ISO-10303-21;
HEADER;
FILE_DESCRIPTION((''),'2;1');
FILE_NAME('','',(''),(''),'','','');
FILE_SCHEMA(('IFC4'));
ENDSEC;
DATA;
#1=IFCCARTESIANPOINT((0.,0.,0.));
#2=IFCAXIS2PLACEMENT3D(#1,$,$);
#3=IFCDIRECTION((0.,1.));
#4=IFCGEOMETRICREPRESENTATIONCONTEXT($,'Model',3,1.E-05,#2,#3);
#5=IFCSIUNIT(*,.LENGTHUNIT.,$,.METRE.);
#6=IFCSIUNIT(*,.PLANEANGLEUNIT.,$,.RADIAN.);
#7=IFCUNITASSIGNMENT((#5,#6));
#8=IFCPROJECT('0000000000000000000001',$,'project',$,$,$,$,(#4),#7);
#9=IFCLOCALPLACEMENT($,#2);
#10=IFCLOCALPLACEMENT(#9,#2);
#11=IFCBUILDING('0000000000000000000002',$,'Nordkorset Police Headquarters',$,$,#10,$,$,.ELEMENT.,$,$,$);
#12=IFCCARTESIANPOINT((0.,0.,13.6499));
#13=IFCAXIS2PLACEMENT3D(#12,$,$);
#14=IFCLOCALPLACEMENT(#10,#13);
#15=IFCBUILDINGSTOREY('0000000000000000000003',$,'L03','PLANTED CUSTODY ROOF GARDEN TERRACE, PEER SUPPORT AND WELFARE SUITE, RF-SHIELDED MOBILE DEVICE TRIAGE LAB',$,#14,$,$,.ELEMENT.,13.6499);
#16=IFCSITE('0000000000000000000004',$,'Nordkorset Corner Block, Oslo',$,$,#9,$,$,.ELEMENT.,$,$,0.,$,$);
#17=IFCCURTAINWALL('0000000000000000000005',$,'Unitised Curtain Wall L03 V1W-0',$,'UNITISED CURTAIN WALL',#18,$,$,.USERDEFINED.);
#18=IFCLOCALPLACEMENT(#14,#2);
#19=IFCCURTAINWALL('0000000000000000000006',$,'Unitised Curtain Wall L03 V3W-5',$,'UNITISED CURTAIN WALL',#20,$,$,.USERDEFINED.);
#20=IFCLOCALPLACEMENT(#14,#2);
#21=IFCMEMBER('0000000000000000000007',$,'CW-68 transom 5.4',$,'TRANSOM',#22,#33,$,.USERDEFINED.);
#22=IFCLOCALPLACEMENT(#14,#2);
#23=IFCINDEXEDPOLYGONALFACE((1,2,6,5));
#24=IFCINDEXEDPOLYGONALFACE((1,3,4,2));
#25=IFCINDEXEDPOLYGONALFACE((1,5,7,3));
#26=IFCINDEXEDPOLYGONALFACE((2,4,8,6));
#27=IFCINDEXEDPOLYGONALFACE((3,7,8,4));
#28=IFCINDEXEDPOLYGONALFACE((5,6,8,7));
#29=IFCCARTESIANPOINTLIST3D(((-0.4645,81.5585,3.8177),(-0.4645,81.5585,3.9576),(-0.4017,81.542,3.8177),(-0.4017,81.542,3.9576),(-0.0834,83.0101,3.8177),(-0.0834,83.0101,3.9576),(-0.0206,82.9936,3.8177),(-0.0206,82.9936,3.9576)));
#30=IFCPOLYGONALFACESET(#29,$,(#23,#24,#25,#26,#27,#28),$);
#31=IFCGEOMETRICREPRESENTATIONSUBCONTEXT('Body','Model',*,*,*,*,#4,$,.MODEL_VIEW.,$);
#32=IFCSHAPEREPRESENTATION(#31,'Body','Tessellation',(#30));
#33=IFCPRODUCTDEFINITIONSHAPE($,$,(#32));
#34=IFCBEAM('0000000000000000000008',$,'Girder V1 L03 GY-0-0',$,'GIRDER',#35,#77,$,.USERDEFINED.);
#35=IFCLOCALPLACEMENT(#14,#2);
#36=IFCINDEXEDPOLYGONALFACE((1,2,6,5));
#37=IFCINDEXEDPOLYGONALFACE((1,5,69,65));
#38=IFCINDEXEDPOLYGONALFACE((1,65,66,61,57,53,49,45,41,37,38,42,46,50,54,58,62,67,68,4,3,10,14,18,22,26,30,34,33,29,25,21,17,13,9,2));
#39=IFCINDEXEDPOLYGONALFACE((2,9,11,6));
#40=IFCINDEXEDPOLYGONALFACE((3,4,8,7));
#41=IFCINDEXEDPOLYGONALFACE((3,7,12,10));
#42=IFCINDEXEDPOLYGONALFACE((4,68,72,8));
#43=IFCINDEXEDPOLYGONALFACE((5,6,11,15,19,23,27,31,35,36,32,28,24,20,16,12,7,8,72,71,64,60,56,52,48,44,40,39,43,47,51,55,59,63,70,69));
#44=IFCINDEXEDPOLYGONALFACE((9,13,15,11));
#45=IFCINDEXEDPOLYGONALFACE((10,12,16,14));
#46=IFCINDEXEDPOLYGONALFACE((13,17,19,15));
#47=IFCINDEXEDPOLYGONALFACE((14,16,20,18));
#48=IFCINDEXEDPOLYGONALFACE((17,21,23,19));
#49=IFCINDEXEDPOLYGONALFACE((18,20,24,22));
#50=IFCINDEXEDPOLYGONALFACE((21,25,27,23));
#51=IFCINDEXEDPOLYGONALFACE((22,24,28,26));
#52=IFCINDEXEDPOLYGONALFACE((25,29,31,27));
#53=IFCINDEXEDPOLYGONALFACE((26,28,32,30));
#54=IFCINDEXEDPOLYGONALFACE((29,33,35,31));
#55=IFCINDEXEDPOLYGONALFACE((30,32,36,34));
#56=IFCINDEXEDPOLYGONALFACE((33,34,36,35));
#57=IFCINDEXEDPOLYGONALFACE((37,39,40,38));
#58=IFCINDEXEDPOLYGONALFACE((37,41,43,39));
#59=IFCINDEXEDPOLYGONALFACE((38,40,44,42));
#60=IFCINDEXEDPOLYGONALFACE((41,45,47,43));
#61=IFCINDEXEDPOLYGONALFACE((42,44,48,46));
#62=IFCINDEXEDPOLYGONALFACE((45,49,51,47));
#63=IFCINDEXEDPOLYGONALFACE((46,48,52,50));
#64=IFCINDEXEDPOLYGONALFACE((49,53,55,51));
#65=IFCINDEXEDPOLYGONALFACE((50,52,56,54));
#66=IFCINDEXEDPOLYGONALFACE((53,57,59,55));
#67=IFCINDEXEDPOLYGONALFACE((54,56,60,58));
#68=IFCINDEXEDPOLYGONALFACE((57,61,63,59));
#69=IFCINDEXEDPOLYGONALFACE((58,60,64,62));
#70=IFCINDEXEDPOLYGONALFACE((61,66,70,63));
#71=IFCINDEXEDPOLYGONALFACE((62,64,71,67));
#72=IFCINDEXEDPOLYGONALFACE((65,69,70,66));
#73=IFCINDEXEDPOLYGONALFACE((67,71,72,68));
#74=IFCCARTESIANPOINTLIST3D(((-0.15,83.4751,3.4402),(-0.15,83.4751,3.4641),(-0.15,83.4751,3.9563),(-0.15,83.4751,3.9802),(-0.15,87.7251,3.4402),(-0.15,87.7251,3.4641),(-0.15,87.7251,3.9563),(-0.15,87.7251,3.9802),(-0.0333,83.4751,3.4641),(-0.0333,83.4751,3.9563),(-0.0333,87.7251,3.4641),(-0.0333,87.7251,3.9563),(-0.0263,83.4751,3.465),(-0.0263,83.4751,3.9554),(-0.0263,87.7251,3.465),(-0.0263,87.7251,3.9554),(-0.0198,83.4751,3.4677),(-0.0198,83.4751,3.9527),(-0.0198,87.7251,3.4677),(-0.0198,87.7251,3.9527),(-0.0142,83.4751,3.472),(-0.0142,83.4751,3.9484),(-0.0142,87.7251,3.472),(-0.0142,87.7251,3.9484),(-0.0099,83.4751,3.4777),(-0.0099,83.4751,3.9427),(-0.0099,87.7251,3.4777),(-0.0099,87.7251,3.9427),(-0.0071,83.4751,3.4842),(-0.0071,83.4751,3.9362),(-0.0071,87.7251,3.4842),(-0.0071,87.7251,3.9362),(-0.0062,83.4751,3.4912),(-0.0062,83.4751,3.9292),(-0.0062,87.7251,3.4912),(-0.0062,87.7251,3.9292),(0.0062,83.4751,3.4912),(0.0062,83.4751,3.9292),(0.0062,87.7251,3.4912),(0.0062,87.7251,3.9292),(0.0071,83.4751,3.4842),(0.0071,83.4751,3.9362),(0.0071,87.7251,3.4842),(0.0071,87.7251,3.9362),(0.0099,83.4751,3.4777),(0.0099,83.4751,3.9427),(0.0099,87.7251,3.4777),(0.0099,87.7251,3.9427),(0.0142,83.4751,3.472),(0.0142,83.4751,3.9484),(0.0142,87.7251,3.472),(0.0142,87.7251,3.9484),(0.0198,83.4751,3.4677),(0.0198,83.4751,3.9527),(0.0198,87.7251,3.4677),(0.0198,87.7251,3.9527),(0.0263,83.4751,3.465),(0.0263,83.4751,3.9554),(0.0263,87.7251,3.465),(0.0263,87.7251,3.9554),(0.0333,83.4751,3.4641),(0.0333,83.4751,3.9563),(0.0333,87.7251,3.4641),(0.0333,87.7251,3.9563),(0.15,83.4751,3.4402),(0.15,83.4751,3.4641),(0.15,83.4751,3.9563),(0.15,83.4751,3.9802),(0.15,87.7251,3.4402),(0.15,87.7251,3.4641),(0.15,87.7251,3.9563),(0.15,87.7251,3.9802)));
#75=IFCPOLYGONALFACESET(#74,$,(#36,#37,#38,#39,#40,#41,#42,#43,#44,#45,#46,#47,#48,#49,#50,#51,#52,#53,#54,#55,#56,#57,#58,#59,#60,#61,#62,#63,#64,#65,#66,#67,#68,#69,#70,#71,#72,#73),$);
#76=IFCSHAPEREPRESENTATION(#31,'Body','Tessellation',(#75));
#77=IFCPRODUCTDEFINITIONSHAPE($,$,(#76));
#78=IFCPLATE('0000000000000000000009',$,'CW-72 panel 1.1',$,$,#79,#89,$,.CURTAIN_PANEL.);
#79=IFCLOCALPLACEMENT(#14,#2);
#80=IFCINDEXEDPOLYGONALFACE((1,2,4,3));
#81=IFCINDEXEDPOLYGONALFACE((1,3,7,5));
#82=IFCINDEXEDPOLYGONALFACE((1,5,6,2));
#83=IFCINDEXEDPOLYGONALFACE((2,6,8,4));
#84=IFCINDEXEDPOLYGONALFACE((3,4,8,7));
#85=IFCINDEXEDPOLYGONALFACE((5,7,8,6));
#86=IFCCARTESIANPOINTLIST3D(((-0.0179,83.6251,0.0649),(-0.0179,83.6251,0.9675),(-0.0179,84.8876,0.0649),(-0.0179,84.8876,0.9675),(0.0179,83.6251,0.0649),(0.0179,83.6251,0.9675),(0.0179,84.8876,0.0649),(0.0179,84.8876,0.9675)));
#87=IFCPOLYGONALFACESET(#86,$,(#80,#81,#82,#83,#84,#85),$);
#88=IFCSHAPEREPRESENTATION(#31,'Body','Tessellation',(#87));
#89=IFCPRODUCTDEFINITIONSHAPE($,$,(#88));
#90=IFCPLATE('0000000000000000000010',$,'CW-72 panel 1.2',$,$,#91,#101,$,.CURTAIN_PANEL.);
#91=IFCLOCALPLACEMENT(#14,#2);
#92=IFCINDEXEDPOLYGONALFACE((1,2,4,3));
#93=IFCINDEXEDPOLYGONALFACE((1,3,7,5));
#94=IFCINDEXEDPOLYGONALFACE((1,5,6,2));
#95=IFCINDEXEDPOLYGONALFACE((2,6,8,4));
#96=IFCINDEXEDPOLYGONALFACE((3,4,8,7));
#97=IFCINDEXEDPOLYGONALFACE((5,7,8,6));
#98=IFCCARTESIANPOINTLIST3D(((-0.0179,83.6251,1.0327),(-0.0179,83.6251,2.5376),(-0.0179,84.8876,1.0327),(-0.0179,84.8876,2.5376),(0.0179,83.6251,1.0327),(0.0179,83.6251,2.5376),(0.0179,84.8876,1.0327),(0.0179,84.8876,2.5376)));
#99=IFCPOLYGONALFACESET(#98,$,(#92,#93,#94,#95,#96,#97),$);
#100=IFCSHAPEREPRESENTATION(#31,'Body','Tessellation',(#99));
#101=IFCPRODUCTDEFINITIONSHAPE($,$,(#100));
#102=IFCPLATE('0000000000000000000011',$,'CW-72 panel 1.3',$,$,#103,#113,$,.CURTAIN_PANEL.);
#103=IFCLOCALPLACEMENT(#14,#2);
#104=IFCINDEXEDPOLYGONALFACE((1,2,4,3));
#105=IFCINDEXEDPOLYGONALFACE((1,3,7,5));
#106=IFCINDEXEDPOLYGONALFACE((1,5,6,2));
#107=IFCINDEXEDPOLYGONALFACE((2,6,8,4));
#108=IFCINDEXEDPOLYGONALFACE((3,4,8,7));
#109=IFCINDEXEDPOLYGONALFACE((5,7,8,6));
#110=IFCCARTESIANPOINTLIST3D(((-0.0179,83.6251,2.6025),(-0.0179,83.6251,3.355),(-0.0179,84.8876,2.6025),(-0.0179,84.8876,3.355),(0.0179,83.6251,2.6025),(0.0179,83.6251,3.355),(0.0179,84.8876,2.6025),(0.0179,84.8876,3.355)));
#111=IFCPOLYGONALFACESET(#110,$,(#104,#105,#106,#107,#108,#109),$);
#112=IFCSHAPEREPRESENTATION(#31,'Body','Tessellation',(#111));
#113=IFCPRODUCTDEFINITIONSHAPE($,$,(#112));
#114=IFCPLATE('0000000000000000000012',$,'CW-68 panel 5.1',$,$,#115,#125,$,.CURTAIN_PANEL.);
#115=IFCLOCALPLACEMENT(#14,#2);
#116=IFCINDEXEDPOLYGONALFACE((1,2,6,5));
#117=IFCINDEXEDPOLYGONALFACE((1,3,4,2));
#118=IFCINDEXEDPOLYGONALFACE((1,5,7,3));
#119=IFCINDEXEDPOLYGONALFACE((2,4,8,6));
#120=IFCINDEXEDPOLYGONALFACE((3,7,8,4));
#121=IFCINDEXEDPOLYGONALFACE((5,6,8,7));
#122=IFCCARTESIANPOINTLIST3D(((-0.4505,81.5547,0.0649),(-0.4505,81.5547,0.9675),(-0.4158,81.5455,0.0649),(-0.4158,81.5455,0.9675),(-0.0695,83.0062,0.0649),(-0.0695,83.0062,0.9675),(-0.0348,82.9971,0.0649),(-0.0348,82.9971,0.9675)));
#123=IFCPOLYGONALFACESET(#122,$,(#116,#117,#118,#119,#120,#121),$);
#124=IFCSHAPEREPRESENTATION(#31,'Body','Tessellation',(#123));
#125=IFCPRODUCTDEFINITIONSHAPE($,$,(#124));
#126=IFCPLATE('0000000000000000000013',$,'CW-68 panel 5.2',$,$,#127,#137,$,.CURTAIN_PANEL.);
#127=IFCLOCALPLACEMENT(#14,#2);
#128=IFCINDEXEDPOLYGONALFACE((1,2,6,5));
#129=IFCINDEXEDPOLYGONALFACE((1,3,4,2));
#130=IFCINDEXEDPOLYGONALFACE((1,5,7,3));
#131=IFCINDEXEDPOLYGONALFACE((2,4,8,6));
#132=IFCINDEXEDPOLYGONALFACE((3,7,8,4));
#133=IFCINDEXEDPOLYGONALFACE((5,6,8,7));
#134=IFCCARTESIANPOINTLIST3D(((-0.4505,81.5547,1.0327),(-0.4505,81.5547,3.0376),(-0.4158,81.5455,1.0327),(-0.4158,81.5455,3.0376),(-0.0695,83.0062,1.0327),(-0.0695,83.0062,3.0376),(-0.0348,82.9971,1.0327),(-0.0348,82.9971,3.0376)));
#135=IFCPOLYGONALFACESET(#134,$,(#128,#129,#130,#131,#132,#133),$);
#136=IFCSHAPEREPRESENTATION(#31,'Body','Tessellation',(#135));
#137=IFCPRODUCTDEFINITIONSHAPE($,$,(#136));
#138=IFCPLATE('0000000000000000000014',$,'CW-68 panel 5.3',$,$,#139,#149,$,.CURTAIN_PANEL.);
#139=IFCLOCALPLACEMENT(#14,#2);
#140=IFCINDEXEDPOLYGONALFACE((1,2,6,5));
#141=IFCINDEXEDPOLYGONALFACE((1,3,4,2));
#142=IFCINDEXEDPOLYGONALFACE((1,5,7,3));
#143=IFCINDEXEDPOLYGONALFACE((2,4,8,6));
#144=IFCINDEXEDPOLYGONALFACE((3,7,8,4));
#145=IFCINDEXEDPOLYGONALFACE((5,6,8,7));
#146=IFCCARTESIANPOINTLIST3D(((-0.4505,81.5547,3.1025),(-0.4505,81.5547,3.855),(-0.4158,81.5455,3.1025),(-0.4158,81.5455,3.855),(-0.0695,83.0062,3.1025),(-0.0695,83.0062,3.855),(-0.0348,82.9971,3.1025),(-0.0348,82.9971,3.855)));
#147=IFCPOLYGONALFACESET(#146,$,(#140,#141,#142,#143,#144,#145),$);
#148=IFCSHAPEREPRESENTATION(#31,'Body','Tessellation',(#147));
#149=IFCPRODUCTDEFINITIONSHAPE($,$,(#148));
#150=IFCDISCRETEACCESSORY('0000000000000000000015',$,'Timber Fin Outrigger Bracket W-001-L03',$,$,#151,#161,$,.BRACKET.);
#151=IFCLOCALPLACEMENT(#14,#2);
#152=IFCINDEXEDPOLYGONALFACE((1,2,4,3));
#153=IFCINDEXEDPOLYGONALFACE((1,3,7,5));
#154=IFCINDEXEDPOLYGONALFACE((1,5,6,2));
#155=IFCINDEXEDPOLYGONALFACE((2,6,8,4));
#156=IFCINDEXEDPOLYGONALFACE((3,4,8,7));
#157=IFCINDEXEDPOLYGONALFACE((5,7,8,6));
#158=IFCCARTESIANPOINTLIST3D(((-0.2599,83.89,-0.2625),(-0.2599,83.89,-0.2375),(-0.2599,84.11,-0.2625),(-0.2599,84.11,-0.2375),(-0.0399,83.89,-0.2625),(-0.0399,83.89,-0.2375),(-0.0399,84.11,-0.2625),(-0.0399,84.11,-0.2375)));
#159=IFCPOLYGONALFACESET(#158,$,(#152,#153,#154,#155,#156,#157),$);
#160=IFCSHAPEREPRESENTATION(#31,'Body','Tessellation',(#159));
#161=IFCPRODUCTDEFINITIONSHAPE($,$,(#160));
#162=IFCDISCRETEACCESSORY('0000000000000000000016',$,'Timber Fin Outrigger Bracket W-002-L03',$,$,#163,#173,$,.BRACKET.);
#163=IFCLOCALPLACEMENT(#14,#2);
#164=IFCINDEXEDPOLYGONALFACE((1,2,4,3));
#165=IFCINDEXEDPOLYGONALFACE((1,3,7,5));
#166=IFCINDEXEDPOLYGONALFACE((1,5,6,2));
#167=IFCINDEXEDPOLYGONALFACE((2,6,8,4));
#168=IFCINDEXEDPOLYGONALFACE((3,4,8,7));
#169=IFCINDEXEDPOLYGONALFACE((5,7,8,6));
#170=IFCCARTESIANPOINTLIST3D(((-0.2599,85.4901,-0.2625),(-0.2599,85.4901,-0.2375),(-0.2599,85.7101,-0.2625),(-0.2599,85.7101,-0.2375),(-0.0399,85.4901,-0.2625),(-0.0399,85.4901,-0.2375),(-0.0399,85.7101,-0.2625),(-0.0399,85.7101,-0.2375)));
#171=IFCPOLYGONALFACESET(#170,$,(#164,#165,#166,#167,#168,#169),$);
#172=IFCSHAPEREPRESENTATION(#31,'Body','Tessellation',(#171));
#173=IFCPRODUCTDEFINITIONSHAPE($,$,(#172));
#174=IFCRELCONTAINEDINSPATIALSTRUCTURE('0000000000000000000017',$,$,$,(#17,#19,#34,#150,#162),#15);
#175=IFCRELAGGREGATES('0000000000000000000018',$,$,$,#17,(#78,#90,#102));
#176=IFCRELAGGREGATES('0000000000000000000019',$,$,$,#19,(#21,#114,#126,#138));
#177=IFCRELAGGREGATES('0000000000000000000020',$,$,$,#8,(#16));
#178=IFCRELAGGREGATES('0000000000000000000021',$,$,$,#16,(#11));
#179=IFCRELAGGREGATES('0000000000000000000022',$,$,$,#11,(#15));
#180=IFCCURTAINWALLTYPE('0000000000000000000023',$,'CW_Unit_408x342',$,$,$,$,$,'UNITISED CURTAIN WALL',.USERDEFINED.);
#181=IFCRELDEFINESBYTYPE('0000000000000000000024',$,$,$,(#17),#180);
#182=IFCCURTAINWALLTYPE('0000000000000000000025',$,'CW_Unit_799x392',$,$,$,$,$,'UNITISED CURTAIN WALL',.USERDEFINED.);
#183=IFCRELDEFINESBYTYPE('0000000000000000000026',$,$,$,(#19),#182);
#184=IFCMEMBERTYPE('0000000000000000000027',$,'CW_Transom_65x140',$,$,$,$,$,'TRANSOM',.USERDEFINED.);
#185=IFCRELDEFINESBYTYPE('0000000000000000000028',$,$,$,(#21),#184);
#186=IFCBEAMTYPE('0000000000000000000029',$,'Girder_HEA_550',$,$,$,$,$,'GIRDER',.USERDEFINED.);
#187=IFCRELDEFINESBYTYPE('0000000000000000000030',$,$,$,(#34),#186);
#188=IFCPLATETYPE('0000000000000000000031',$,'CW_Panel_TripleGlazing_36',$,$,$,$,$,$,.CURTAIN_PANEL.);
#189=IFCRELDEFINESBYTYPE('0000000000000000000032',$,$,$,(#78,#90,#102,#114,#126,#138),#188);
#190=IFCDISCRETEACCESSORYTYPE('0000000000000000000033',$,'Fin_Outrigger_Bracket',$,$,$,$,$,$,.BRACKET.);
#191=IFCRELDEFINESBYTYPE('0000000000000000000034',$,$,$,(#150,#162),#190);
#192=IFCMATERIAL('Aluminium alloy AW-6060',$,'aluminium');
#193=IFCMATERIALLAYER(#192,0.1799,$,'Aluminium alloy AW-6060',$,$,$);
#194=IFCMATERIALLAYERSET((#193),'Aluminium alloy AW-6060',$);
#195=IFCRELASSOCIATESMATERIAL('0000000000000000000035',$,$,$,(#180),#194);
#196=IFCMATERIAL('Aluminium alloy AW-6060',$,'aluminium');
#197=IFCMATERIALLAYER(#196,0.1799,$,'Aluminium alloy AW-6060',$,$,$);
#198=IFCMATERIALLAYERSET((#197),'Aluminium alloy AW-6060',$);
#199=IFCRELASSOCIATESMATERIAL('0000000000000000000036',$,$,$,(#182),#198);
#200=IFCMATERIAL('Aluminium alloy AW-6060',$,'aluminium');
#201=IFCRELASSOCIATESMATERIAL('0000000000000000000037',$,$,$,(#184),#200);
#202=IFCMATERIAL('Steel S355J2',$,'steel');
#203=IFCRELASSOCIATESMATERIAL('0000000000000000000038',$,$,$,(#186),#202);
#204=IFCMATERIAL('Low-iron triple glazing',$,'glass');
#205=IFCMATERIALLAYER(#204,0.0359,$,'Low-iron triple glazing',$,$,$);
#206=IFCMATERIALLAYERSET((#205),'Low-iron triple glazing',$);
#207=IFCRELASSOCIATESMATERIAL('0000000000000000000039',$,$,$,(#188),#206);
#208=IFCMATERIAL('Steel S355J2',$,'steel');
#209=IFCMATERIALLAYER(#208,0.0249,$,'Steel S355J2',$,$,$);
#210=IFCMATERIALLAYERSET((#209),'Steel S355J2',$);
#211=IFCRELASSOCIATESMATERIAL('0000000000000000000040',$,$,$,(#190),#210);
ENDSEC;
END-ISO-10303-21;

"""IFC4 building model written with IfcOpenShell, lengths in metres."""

from ifc_helpers import new_model, si_unit, direction, frame, origin, origin_2d, place, context, subcontext, project, spatial, rectangle, i_section, extrude, material, layer, layer_set, material_profile, profile_set, type_object, element, aggregate, save


model = new_model("IFC4")

# Units and contexts
model_context = context("Model", 3, precision=1e-05, world=origin(), true_north=direction((0.0, 1.0)))
body_context = subcontext(model_context, "Body", "Model", "MODEL_VIEW")
ifc_project = project(units=[si_unit("LENGTHUNIT", "METRE"), si_unit("PLANEANGLEUNIT", "RADIAN")], contexts=[model_context])

# Site, building, storey
site_placement = place(None, origin())
site = spatial("IfcSite", under=ifc_project, at=site_placement, Name="Nordkorset Corner Block, Oslo", CompositionType="ELEMENT", RefElevation=0.0)
building_placement = place(site_placement, origin())
building = spatial("IfcBuilding", under=site, at=building_placement, Name="Nordkorset Police Headquarters", CompositionType="ELEMENT")
storey_placement = place(building_placement, frame((0.0, 0.0, 13.6499)))
storey = spatial("IfcBuildingStorey", under=building, at=storey_placement, Name="L03", Description="PLANTED CUSTODY ROOF GARDEN TERRACE, PEER SUPPORT AND WELFARE SUITE, RF-SHIELDED MOBILE DEVICE TRIAGE LAB", CompositionType="ELEMENT", Elevation=13.6499)

# Curtain wall
ifc_material_1 = material(Name="Aluminium alloy AW-6060", Category="aluminium")
ifc_layer_1 = layer(ifc_material_1, 0.1799, Name="Aluminium alloy AW-6060")
ifc_layer_set_1 = layer_set([ifc_layer_1], Name="Aluminium alloy AW-6060")
curtain_wall_type_1 = type_object("IfcCurtainWallType", Name="CW_Unit_408x342", ElementType="UNITISED CURTAIN WALL", PredefinedType="USERDEFINED", material=ifc_layer_set_1)
curtain_wall_1_placement = place(storey_placement, origin())
curtain_wall_1 = element("IfcCurtainWall", 1, at=curtain_wall_1_placement, inside=storey, type_object=curtain_wall_type_1, Name="Unitised Curtain Wall L03 V1W-0", ObjectType="UNITISED CURTAIN WALL", PredefinedType="USERDEFINED")

# Curtain wall
ifc_material_2 = material(Name="Aluminium alloy AW-6060", Category="aluminium")
ifc_layer_2 = layer(ifc_material_2, 0.1799, Name="Aluminium alloy AW-6060")
ifc_layer_set_2 = layer_set([ifc_layer_2], Name="Aluminium alloy AW-6060")
curtain_wall_type_2 = type_object("IfcCurtainWallType", Name="CW_Unit_799x392", ElementType="UNITISED CURTAIN WALL", PredefinedType="USERDEFINED", material=ifc_layer_set_2)
curtain_wall_2_placement = place(storey_placement, origin())
curtain_wall_2 = element("IfcCurtainWall", 2, at=curtain_wall_2_placement, inside=storey, type_object=curtain_wall_type_2, Name="Unitised Curtain Wall L03 V3W-5", ObjectType="UNITISED CURTAIN WALL", PredefinedType="USERDEFINED")

# Member
ifc_material_3 = material(Name="Aluminium alloy AW-6060", Category="aluminium")
ifc_material_profile_1 = material_profile(ifc_material_3, rectangle(XDim=0.0649, YDim=0.1399, at=origin_2d()), Name="ALU TRAN 65x140")
ifc_profile_set_1 = profile_set([ifc_material_profile_1], Name="Aluminium alloy AW-6060")
member_type_1 = type_object("IfcMemberType", Name="CW_Transom_65x140", ElementType="TRANSOM", PredefinedType="USERDEFINED", material=ifc_profile_set_1)
member_1_placement = place(storey_placement, frame((-0.4331, 81.5503, 3.8877), z_axis=(0.253965, 0.967213, 0.0), x_axis=(-0.967213, 0.253965, 0.0)))
member_1 = element("IfcMember", 3, at=member_1_placement, type_object=member_type_1, Name="CW-68 transom 5.4", ObjectType="TRANSOM", PredefinedType="USERDEFINED", context=body_context, shape_type="SweptSolid", body=[
    extrude(rectangle(XDim=0.0649, YDim=0.1399, at=origin_2d()), origin(), (0.0, 0.0, 1.0), 1.5007),
])

# Beam
ifc_material_4 = material(Name="Steel S355J2", Category="steel")
ifc_material_profile_2 = material_profile(ifc_material_4, i_section(OverallWidth=0.3, OverallDepth=0.54, WebThickness=0.0125, FlangeThickness=0.0239, FilletRadius=0.0271, at=origin_2d()), Name="HEA 550")
ifc_profile_set_2 = profile_set([ifc_material_profile_2], Name="Steel S355J2")
beam_type = type_object("IfcBeamType", Name="Girder_HEA_550", ElementType="GIRDER", PredefinedType="USERDEFINED", material=ifc_profile_set_2)
beam_placement = place(storey_placement, frame((0.0, 83.4751, 3.7102), z_axis=(0.0, 1.0, 0.0), x_axis=(-1.0, 0.0, 0.0)))
element("IfcBeam", 4, at=beam_placement, inside=storey, type_object=beam_type, Name="Girder V1 L03 GY-0-0", ObjectType="GIRDER", PredefinedType="USERDEFINED", context=body_context, shape_type="SweptSolid", body=[
    extrude(i_section(OverallWidth=0.3, OverallDepth=0.54, WebThickness=0.0125, FlangeThickness=0.0239, FilletRadius=0.0271, at=origin_2d()), origin(), (0.0, 0.0, 1.0), 4.25),
])

# Plates
ifc_material_5 = material(Name="Low-iron triple glazing", Category="glass")
ifc_layer_3 = layer(ifc_material_5, 0.0359, Name="Low-iron triple glazing")
ifc_layer_set_3 = layer_set([ifc_layer_3], Name="Low-iron triple glazing")
plate_type = type_object("IfcPlateType", Name="CW_Panel_TripleGlazing_36", PredefinedType="CURTAIN_PANEL", material=ifc_layer_set_3)
plate_1_placement = place(storey_placement, frame((0.0, 84.2563, 0.0649), z_axis=(0.0, 0.0, 1.0), x_axis=(0.0, 1.0, 0.0)))
plate_1 = element("IfcPlate", 5, at=plate_1_placement, type_object=plate_type, Name="CW-72 panel 1.1", PredefinedType="CURTAIN_PANEL", context=body_context, shape_type="SweptSolid", body=[
    extrude(rectangle(XDim=1.2625, YDim=0.0359, at=origin_2d()), origin(), (0.0, 0.0, 1.0), 0.9026),
])
plate_2_placement = place(storey_placement, frame((0.0, 84.2563, 1.0327), z_axis=(0.0, 0.0, 1.0), x_axis=(0.0, 1.0, 0.0)))
plate_2 = element("IfcPlate", 6, at=plate_2_placement, type_object=plate_type, Name="CW-72 panel 1.2", PredefinedType="CURTAIN_PANEL", context=body_context, shape_type="SweptSolid", body=[
    extrude(rectangle(XDim=1.2625, YDim=0.0359, at=origin_2d()), origin(), (0.0, 0.0, 1.0), 1.5049),
])
plate_3_placement = place(storey_placement, frame((0.0, 84.2563, 2.6025), z_axis=(0.0, 0.0, 1.0), x_axis=(0.0, 1.0, 0.0)))
plate_3 = element("IfcPlate", 7, at=plate_3_placement, type_object=plate_type, Name="CW-72 panel 1.3", PredefinedType="CURTAIN_PANEL", context=body_context, shape_type="SweptSolid", body=[
    extrude(rectangle(XDim=1.2625, YDim=0.0359, at=origin_2d()), origin(), (0.0, 0.0, 1.0), 0.7524),
])
aggregate(curtain_wall_1, [plate_1, plate_2, plate_3])
plate_4_placement = place(storey_placement, frame((-0.2427, 82.2759, 0.0649), z_axis=(0.0, 0.0, 1.0), x_axis=(0.253897, 0.967231, 0.0)))
plate_4 = element("IfcPlate", 8, at=plate_4_placement, type_object=plate_type, Name="CW-68 panel 5.1", PredefinedType="CURTAIN_PANEL", context=body_context, shape_type="SweptSolid", body=[
    extrude(rectangle(XDim=1.5007, YDim=0.0359, at=origin_2d()), origin(), (0.0, 0.0, 1.0), 0.9026),
])
plate_5_placement = place(storey_placement, frame((-0.2427, 82.2759, 1.0327), z_axis=(0.0, 0.0, 1.0), x_axis=(0.253897, 0.967231, 0.0)))
plate_5 = element("IfcPlate", 9, at=plate_5_placement, type_object=plate_type, Name="CW-68 panel 5.2", PredefinedType="CURTAIN_PANEL", context=body_context, shape_type="SweptSolid", body=[
    extrude(rectangle(XDim=1.5007, YDim=0.0359, at=origin_2d()), origin(), (0.0, 0.0, 1.0), 2.0049),
])
plate_6_placement = place(storey_placement, frame((-0.2427, 82.2759, 3.1025), z_axis=(0.0, 0.0, 1.0), x_axis=(0.253897, 0.967231, 0.0)))
plate_6 = element("IfcPlate", 10, at=plate_6_placement, type_object=plate_type, Name="CW-68 panel 5.3", PredefinedType="CURTAIN_PANEL", context=body_context, shape_type="SweptSolid", body=[
    extrude(rectangle(XDim=1.5007, YDim=0.0359, at=origin_2d()), origin(), (0.0, 0.0, 1.0), 0.7524),
])
aggregate(curtain_wall_2, [member_1, plate_4, plate_5, plate_6])

# Discrete accessories
ifc_material_6 = material(Name="Steel S355J2", Category="steel")
ifc_layer_4 = layer(ifc_material_6, 0.0249, Name="Steel S355J2")
ifc_layer_set_4 = layer_set([ifc_layer_4], Name="Steel S355J2")
discrete_accessory_type = type_object("IfcDiscreteAccessoryType", Name="Fin_Outrigger_Bracket", PredefinedType="BRACKET", material=ifc_layer_set_4)
for number, where, z_axis, x_axis, name in (
    (11, (-0.1499, 84.0, -0.2625), (0.0, 0.0, 1.0), (1.0, 0.0, 0.0), "Timber Fin Outrigger Bracket W-001-L03"),
    (12, (-0.1499, 85.6001, -0.2625), (0.0, 0.0, 1.0), (1.0, 0.0, 0.0), "Timber Fin Outrigger Bracket W-002-L03"),
):
    element("IfcDiscreteAccessory", number, at=place(storey_placement, frame(where, z_axis=z_axis, x_axis=x_axis)), inside=storey, type_object=discrete_accessory_type, Name=name, PredefinedType="BRACKET", context=body_context, shape_type="SweptSolid", body=[
        extrude(rectangle(XDim=0.22, YDim=0.22, at=origin_2d()), origin(), (0.0, 0.0, 1.0), 0.0249),
    ])

save(model, "model.ifc")
